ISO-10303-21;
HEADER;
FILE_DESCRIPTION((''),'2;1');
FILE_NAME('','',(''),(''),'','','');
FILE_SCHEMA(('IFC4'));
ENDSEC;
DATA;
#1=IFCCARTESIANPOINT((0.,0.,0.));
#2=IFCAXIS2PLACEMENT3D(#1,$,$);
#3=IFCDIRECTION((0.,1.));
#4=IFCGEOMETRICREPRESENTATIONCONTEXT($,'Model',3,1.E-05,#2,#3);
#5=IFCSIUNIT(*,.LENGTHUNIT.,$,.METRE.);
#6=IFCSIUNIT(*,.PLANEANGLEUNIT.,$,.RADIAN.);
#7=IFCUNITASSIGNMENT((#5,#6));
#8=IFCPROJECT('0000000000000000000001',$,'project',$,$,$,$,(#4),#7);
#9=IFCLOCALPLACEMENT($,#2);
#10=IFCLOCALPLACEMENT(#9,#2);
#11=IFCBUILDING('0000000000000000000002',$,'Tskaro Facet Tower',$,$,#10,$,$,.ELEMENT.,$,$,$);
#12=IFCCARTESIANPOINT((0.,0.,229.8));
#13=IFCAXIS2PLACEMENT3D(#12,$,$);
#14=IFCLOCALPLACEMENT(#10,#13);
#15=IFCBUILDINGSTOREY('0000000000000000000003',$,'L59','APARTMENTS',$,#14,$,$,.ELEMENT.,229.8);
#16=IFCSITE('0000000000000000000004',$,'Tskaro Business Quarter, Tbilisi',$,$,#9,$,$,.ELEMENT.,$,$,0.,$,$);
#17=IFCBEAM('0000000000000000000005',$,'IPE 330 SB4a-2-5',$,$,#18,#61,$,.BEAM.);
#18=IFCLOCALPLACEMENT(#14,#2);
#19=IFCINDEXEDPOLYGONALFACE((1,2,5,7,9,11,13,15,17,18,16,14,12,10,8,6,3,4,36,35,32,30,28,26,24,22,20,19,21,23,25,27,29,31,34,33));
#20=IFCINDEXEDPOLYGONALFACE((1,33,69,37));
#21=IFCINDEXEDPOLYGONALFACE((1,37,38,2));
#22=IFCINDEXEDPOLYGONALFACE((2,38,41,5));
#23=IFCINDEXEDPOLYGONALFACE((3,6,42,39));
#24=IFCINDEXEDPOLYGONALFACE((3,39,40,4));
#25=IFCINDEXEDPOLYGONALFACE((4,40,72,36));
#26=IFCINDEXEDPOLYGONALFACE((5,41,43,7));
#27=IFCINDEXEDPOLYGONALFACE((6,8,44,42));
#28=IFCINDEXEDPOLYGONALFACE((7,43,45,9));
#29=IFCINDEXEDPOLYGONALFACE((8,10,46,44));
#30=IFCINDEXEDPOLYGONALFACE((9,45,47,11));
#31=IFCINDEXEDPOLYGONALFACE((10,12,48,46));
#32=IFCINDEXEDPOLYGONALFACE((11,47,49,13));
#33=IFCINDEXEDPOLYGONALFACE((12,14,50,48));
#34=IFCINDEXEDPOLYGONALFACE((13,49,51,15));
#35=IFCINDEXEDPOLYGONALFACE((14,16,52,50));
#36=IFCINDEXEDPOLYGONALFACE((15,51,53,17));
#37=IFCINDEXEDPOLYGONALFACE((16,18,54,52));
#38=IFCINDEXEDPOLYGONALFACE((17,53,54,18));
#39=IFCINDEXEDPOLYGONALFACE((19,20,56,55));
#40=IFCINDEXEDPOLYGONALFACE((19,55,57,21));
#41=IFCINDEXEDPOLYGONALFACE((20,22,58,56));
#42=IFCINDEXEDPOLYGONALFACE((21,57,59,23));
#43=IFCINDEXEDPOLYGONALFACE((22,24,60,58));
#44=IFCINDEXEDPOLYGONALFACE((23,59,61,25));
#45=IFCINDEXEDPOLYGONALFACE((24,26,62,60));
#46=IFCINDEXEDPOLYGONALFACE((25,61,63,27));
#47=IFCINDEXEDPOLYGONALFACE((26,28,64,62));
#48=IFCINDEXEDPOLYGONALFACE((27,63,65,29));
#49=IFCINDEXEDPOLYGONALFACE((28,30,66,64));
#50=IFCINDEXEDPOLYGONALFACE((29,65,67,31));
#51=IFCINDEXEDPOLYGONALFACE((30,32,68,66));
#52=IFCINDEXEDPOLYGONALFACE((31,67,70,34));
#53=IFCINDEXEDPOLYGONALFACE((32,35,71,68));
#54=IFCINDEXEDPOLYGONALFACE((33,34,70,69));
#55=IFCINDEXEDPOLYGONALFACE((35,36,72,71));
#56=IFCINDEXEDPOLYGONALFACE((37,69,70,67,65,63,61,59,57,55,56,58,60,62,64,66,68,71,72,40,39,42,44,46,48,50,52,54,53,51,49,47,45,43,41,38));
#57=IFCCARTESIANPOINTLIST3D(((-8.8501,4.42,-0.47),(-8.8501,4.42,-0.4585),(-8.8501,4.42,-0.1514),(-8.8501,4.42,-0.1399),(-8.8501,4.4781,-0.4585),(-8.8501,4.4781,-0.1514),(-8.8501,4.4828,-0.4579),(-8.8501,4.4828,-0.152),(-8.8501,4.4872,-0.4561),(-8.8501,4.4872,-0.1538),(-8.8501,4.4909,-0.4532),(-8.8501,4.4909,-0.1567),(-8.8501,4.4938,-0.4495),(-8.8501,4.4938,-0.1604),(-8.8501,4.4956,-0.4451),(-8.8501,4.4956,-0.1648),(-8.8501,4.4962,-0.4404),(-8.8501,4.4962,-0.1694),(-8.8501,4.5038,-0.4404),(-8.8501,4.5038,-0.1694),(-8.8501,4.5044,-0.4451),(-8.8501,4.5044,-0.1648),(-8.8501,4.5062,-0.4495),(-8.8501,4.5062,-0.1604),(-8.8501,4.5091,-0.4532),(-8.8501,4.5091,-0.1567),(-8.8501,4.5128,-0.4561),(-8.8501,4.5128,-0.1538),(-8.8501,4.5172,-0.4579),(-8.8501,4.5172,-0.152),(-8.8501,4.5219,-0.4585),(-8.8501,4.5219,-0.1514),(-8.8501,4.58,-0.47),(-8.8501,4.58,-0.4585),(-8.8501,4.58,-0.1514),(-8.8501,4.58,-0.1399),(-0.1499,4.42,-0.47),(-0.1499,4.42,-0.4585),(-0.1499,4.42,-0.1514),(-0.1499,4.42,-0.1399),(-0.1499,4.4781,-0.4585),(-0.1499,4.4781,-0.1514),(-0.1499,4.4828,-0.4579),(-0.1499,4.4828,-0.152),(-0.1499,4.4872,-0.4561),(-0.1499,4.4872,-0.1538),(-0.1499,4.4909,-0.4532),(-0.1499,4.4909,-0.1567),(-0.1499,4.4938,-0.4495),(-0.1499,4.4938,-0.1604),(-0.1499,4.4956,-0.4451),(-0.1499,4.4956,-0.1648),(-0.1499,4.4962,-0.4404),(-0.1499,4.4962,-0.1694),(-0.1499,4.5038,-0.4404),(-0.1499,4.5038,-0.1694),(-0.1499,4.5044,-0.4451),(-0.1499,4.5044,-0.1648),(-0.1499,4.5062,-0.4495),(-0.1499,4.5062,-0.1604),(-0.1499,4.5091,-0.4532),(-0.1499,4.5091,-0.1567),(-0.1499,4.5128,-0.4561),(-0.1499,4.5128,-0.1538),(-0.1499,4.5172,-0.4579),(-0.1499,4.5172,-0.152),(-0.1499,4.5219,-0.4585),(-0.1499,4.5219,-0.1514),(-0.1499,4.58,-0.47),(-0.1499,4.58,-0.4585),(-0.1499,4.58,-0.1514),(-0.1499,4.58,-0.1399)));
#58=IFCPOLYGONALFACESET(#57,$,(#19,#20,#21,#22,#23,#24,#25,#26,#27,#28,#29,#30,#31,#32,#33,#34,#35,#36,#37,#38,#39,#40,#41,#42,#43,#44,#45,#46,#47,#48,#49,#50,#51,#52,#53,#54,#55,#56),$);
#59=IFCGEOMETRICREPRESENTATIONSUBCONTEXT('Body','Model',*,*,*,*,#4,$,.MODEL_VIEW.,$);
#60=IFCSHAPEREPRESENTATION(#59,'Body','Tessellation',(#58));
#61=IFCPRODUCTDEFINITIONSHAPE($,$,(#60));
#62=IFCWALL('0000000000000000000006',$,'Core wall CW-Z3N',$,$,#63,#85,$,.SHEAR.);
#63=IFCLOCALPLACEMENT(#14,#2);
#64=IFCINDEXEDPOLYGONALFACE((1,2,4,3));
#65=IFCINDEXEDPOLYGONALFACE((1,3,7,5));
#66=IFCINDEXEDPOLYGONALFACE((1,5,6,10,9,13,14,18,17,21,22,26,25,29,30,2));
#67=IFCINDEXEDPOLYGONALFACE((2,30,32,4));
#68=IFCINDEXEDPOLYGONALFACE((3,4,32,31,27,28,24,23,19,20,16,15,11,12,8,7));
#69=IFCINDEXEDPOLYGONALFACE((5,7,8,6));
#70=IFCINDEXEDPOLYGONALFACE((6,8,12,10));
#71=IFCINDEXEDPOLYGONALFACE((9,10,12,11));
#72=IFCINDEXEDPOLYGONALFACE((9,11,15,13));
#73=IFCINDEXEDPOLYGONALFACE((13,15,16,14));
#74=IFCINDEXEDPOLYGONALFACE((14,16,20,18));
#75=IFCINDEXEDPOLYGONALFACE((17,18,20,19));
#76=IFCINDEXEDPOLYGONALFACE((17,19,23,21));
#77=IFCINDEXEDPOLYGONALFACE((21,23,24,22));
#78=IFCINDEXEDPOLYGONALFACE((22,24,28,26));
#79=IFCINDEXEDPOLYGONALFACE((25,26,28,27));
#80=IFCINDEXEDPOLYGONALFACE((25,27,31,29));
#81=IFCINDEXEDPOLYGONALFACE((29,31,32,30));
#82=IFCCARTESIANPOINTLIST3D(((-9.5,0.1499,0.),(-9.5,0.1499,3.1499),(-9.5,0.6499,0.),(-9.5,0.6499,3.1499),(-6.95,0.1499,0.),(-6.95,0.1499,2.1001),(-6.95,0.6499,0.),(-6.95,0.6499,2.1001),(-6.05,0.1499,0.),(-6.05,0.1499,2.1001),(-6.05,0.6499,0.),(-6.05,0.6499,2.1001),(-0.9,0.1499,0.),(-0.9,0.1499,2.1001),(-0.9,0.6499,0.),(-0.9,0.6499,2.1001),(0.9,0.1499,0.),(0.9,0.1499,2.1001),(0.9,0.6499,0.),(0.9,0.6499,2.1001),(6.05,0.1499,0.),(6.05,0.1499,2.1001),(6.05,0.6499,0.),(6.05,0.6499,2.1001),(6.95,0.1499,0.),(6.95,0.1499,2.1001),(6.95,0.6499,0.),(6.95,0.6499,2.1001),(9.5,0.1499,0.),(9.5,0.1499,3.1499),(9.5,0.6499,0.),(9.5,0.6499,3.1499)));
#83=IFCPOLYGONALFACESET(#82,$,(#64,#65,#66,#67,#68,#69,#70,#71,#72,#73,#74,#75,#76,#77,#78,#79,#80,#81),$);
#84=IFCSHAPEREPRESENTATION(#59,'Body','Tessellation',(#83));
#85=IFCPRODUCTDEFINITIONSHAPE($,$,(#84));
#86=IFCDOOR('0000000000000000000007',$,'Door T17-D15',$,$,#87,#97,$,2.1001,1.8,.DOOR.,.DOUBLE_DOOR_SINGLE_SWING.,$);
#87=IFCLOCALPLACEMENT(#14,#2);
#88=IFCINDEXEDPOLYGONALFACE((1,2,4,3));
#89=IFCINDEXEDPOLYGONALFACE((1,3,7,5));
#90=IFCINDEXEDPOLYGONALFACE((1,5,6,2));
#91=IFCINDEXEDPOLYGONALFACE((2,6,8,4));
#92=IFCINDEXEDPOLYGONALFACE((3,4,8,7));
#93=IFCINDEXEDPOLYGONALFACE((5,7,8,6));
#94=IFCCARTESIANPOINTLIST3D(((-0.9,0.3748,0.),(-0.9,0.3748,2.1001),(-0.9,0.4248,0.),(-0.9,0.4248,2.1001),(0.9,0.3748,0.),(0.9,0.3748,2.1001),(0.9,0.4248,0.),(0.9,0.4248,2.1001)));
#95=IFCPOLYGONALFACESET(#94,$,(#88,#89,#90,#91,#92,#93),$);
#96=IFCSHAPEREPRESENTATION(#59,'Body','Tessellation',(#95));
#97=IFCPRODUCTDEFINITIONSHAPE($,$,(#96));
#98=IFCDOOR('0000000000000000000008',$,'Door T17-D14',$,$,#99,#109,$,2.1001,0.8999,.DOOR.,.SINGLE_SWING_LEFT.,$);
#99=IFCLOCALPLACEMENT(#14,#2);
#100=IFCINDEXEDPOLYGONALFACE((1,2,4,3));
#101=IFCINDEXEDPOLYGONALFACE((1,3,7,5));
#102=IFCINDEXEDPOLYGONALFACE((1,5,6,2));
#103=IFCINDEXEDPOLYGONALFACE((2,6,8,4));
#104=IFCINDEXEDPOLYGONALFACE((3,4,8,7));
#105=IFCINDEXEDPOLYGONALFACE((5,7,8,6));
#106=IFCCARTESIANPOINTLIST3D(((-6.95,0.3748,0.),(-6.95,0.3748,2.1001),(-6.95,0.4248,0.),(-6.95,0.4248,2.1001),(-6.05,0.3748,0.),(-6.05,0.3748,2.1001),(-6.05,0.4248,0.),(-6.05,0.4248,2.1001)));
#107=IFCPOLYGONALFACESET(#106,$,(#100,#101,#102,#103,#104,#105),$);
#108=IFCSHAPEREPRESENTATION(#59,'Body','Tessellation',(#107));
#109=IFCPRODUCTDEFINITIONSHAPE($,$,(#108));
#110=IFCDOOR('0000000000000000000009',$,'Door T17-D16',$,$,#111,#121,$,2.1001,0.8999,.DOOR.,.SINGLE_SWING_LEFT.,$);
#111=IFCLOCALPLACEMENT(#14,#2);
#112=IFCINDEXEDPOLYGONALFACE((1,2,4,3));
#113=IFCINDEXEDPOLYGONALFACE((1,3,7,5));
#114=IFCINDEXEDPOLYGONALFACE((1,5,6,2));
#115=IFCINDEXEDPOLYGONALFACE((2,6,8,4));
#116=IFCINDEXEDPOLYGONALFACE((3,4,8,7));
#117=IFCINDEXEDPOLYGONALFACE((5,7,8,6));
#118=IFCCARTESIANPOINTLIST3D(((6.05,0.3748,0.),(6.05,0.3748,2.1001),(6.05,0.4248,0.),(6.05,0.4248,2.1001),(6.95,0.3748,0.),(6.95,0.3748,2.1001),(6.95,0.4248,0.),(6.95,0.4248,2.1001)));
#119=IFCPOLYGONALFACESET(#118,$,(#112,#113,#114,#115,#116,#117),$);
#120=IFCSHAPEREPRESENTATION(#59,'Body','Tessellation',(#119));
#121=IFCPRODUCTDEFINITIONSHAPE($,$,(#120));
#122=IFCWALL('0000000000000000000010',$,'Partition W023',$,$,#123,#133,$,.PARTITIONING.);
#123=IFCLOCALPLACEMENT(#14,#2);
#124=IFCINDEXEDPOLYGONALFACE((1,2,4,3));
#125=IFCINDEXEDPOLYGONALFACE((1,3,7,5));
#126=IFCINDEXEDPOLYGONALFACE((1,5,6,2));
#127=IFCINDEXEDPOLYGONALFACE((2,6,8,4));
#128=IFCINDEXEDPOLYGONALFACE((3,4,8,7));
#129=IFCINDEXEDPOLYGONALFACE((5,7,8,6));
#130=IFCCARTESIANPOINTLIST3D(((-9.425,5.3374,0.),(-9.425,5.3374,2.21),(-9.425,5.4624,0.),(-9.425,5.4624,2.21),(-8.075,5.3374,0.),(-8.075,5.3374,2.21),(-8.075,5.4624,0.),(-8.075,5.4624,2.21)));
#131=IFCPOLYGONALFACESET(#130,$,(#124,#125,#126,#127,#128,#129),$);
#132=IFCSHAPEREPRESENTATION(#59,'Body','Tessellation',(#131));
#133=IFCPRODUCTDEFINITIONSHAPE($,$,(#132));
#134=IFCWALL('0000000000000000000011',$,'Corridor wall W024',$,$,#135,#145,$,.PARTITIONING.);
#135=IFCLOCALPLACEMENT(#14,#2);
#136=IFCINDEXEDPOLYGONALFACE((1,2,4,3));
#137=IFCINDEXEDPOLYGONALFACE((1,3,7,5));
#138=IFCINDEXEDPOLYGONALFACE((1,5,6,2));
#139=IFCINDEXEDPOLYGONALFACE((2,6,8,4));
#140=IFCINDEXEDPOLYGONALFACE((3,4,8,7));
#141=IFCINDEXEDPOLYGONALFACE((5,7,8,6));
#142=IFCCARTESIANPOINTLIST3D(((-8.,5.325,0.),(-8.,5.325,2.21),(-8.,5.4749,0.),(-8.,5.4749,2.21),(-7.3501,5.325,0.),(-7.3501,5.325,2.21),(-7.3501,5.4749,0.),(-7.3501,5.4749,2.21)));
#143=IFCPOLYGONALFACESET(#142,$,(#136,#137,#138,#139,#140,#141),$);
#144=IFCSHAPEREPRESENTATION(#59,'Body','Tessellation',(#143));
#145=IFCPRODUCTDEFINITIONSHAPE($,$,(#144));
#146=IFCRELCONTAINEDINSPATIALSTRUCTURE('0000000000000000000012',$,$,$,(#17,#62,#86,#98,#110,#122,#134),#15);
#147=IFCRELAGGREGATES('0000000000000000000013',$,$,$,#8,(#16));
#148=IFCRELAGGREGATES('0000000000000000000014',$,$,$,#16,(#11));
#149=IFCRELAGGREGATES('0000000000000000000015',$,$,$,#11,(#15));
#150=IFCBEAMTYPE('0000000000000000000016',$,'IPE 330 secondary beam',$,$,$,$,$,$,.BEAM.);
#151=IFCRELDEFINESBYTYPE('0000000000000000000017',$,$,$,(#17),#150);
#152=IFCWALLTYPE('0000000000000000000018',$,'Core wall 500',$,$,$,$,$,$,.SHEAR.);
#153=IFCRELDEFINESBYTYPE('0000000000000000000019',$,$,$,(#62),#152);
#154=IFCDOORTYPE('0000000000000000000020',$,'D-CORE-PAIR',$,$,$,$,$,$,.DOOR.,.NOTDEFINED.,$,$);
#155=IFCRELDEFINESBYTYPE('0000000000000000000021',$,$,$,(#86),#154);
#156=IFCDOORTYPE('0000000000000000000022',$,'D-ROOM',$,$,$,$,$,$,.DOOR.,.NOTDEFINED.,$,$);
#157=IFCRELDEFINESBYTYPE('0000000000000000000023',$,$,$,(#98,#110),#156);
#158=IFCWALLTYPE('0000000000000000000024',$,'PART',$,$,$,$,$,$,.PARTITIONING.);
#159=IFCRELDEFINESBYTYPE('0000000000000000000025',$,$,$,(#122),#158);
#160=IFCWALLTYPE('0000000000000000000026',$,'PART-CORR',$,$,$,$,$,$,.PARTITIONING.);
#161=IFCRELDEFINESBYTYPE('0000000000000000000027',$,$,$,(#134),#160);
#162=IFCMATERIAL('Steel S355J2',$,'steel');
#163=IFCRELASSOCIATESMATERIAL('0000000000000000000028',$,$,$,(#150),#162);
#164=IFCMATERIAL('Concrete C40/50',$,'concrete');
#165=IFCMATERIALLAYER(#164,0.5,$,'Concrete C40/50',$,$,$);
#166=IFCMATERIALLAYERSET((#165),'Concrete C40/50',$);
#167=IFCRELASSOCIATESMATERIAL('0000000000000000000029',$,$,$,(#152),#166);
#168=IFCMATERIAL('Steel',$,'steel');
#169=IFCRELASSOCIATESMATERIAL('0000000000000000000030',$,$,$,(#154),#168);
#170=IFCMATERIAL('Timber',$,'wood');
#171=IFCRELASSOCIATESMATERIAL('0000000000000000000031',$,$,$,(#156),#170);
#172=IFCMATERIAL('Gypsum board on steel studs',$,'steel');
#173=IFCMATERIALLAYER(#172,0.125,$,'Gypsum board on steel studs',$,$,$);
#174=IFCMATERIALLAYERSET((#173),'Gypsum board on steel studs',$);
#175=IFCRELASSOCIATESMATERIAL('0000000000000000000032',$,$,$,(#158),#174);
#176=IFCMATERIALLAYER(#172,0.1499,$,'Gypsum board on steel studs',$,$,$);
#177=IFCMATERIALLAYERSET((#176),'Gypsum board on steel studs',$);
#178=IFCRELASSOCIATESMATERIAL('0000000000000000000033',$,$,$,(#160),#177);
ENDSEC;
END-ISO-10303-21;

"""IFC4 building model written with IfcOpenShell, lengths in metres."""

from ifc_helpers import new_model, si_unit, direction, frame, frame_2d, origin, origin_2d, place, context, subcontext, project, spatial, rectangle, i_section, extrude, material, layer, layer_set, material_profile, profile_set, type_object, element, fill, save


model = new_model("IFC4")

# Units and contexts
model_context = context("Model", 3, precision=1e-05, world=origin(), true_north=direction((0.0, 1.0)))
body_context = subcontext(model_context, "Body", "Model", "MODEL_VIEW")
ifc_project = project(units=[si_unit("LENGTHUNIT", "METRE"), si_unit("PLANEANGLEUNIT", "RADIAN")], contexts=[model_context])

# Site, building, storey
site_placement = place(None, origin())
site = spatial("IfcSite", under=ifc_project, at=site_placement, Name="Tskaro Business Quarter, Tbilisi", CompositionType="ELEMENT", RefElevation=0.0)
building_placement = place(site_placement, origin())
building = spatial("IfcBuilding", under=site, at=building_placement, Name="Tskaro Facet Tower", CompositionType="ELEMENT")
storey_placement = place(building_placement, frame((0.0, 0.0, 229.8)))
storey = spatial("IfcBuildingStorey", under=building, at=storey_placement, Name="L59", Description="APARTMENTS", CompositionType="ELEMENT", Elevation=229.8)

# Beam
ifc_material_1 = material(Name="Steel S355J2", Category="steel")
ifc_material_profile_1 = material_profile(ifc_material_1, i_section(OverallWidth=0.1599, OverallDepth=0.3301, WebThickness=0.0076, FlangeThickness=0.0115, FilletRadius=0.0181, at=origin_2d()), Name="IPE 330")
ifc_profile_set_1 = profile_set([ifc_material_profile_1], Name="Steel S355J2")
beam_type_1 = type_object("IfcBeamType", Name="IPE 330 secondary beam", PredefinedType="BEAM", material=ifc_profile_set_1)
beam_1_placement = place(storey_placement, frame((-8.8501, 4.5, -0.3049), z_axis=(1.0, 0.0, 0.0), x_axis=(0.0, 1.0, 0.0)))
element("IfcBeam", 1, at=beam_1_placement, inside=storey, type_object=beam_type_1, Name="IPE 330 SB4a-2-5", PredefinedType="BEAM", context=body_context, shape_type="SweptSolid", body=[
    extrude(i_section(OverallWidth=0.1599, OverallDepth=0.3301, WebThickness=0.0076, FlangeThickness=0.0115, FilletRadius=0.0181, at=origin_2d()), origin(), (0.0, 0.0, 1.0), 8.7002),
])

# Wall, openings, doors
ifc_material_2 = material(Name="Concrete C40/50", Category="concrete")
ifc_layer_1 = layer(ifc_material_2, 0.5, Name="Concrete C40/50")
ifc_layer_set_1 = layer_set([ifc_layer_1], Name="Concrete C40/50")
wall_type_1 = type_object("IfcWallType", Name="Core wall 500", PredefinedType="SHEAR", material=ifc_layer_set_1)
wall_1_placement = place(storey_placement, frame((-9.5, 0.3999, 0.0), z_axis=(0.0, 0.0, 1.0), x_axis=(1.0, 0.0, 0.0)))
wall_1 = element("IfcWall", 2, at=wall_1_placement, inside=storey, type_object=wall_type_1, Name="Core wall CW-Z3N", PredefinedType="SHEAR", context=body_context, shape_type="SweptSolid", body=[
    extrude(rectangle(XDim=19.0, YDim=0.5, at=frame_2d((9.5, 0.0))), origin(), (0.0, 0.0, 1.0), 3.1499),
])
opening_1_placement = place(wall_1_placement, frame((8.6001, 0.0, 0.0)))
opening_1 = element("IfcOpeningElement", 3, at=opening_1_placement, cuts=wall_1, PredefinedType="OPENING", context=body_context, shape_type="SweptSolid", body=[
    extrude(rectangle(XDim=1.8, YDim=2.1001, at=frame_2d((0.8999, 1.05))), frame((0.0, 0.26, 0.0), z_axis=(0.0, -1.0, 0.0), x_axis=(1.0, 0.0, 0.0)), (0.0, 0.0, 1.0), 0.52),
])
opening_2_placement = place(wall_1_placement, frame((2.55, 0.0, 0.0)))
opening_2 = element("IfcOpeningElement", 4, at=opening_2_placement, cuts=wall_1, PredefinedType="OPENING", context=body_context, shape_type="SweptSolid", body=[
    extrude(rectangle(XDim=0.8999, YDim=2.1001, at=frame_2d((0.45, 1.05))), frame((0.0, 0.26, 0.0), z_axis=(0.0, -1.0, 0.0), x_axis=(1.0, 0.0, 0.0)), (0.0, 0.0, 1.0), 0.52),
])
opening_3_placement = place(wall_1_placement, frame((15.55, 0.0, 0.0)))
opening_3 = element("IfcOpeningElement", 5, at=opening_3_placement, cuts=wall_1, PredefinedType="OPENING", context=body_context, shape_type="SweptSolid", body=[
    extrude(rectangle(XDim=0.8999, YDim=2.1001, at=frame_2d((0.45, 1.05))), frame((0.0, 0.26, 0.0), z_axis=(0.0, -1.0, 0.0), x_axis=(1.0, 0.0, 0.0)), (0.0, 0.0, 1.0), 0.52),
])
ifc_material_3 = material(Name="Steel", Category="steel")
door_type_1 = type_object("IfcDoorType", Name="D-CORE-PAIR", OperationType="NOTDEFINED", PredefinedType="DOOR", material=ifc_material_3)
door_1_placement = place(opening_1_placement, origin())
door_1 = element("IfcDoor", 6, at=door_1_placement, inside=storey, type_object=door_type_1, Name="Door T17-D15", OperationType="DOUBLE_DOOR_SINGLE_SWING", OverallHeight=2.1001, OverallWidth=1.8, PredefinedType="DOOR", context=body_context, shape_type="SweptSolid", body=[
    extrude(rectangle(XDim=1.8, YDim=2.1001, at=frame_2d((0.8999, 1.05))), frame((0.0, 0.0249, 0.0), z_axis=(0.0, -1.0, 0.0), x_axis=(1.0, 0.0, 0.0)), (0.0, 0.0, 1.0), 0.05),
])
fill(opening_1, door_1)
ifc_material_4 = material(Name="Timber", Category="wood")
door_type_2 = type_object("IfcDoorType", Name="D-ROOM", OperationType="NOTDEFINED", PredefinedType="DOOR", material=ifc_material_4)
door_2_placement = place(opening_2_placement, origin())
door_2 = element("IfcDoor", 7, at=door_2_placement, inside=storey, type_object=door_type_2, Name="Door T17-D14", OperationType="SINGLE_SWING_LEFT", OverallHeight=2.1001, OverallWidth=0.8999, PredefinedType="DOOR", context=body_context, shape_type="SweptSolid", body=[
    extrude(rectangle(XDim=0.8999, YDim=2.1001, at=frame_2d((0.45, 1.05))), frame((0.0, 0.0249, 0.0), z_axis=(0.0, -1.0, 0.0), x_axis=(1.0, 0.0, 0.0)), (0.0, 0.0, 1.0), 0.05),
])
fill(opening_2, door_2)
door_3_placement = place(opening_3_placement, origin())
door_3 = element("IfcDoor", 8, at=door_3_placement, inside=storey, type_object=door_type_2, Name="Door T17-D16", OperationType="SINGLE_SWING_LEFT", OverallHeight=2.1001, OverallWidth=0.8999, PredefinedType="DOOR", context=body_context, shape_type="SweptSolid", body=[
    extrude(rectangle(XDim=0.8999, YDim=2.1001, at=frame_2d((0.45, 1.05))), frame((0.0, 0.0249, 0.0), z_axis=(0.0, -1.0, 0.0), x_axis=(1.0, 0.0, 0.0)), (0.0, 0.0, 1.0), 0.05),
])
fill(opening_3, door_3)

# Walls
ifc_material_5 = material(Name="Gypsum board on steel studs", Category="steel")
ifc_layer_2 = layer(ifc_material_5, 0.125, Name="Gypsum board on steel studs")
ifc_layer_set_2 = layer_set([ifc_layer_2], Name="Gypsum board on steel studs")
wall_type_2 = type_object("IfcWallType", Name="PART", PredefinedType="PARTITIONING", material=ifc_layer_set_2)
wall_2_placement = place(storey_placement, frame((-9.425, 5.3999, 0.0), z_axis=(0.0, 0.0, 1.0), x_axis=(1.0, 0.0, 0.0)))
element("IfcWall", 9, at=wall_2_placement, inside=storey, type_object=wall_type_2, Name="Partition W023", PredefinedType="PARTITIONING", context=body_context, shape_type="SweptSolid", body=[
    extrude(rectangle(XDim=1.3501, YDim=0.125, at=frame_2d((0.675, 0.0))), origin(), (0.0, 0.0, 1.0), 2.21),
])
ifc_layer_3 = layer(ifc_material_5, 0.1499, Name="Gypsum board on steel studs")
ifc_layer_set_3 = layer_set([ifc_layer_3], Name="Gypsum board on steel studs")
wall_type_3 = type_object("IfcWallType", Name="PART-CORR", PredefinedType="PARTITIONING", material=ifc_layer_set_3)
wall_3_placement = place(storey_placement, frame((-8.0, 5.3999, 0.0), z_axis=(0.0, 0.0, 1.0), x_axis=(1.0, 0.0, 0.0)))
element("IfcWall", 10, at=wall_3_placement, inside=storey, type_object=wall_type_3, Name="Corridor wall W024", PredefinedType="PARTITIONING", context=body_context, shape_type="SweptSolid", body=[
    extrude(rectangle(XDim=0.6499, YDim=0.1499, at=frame_2d((0.325, 0.0))), origin(), (0.0, 0.0, 1.0), 2.21),
])

save(model, "model.ifc")
